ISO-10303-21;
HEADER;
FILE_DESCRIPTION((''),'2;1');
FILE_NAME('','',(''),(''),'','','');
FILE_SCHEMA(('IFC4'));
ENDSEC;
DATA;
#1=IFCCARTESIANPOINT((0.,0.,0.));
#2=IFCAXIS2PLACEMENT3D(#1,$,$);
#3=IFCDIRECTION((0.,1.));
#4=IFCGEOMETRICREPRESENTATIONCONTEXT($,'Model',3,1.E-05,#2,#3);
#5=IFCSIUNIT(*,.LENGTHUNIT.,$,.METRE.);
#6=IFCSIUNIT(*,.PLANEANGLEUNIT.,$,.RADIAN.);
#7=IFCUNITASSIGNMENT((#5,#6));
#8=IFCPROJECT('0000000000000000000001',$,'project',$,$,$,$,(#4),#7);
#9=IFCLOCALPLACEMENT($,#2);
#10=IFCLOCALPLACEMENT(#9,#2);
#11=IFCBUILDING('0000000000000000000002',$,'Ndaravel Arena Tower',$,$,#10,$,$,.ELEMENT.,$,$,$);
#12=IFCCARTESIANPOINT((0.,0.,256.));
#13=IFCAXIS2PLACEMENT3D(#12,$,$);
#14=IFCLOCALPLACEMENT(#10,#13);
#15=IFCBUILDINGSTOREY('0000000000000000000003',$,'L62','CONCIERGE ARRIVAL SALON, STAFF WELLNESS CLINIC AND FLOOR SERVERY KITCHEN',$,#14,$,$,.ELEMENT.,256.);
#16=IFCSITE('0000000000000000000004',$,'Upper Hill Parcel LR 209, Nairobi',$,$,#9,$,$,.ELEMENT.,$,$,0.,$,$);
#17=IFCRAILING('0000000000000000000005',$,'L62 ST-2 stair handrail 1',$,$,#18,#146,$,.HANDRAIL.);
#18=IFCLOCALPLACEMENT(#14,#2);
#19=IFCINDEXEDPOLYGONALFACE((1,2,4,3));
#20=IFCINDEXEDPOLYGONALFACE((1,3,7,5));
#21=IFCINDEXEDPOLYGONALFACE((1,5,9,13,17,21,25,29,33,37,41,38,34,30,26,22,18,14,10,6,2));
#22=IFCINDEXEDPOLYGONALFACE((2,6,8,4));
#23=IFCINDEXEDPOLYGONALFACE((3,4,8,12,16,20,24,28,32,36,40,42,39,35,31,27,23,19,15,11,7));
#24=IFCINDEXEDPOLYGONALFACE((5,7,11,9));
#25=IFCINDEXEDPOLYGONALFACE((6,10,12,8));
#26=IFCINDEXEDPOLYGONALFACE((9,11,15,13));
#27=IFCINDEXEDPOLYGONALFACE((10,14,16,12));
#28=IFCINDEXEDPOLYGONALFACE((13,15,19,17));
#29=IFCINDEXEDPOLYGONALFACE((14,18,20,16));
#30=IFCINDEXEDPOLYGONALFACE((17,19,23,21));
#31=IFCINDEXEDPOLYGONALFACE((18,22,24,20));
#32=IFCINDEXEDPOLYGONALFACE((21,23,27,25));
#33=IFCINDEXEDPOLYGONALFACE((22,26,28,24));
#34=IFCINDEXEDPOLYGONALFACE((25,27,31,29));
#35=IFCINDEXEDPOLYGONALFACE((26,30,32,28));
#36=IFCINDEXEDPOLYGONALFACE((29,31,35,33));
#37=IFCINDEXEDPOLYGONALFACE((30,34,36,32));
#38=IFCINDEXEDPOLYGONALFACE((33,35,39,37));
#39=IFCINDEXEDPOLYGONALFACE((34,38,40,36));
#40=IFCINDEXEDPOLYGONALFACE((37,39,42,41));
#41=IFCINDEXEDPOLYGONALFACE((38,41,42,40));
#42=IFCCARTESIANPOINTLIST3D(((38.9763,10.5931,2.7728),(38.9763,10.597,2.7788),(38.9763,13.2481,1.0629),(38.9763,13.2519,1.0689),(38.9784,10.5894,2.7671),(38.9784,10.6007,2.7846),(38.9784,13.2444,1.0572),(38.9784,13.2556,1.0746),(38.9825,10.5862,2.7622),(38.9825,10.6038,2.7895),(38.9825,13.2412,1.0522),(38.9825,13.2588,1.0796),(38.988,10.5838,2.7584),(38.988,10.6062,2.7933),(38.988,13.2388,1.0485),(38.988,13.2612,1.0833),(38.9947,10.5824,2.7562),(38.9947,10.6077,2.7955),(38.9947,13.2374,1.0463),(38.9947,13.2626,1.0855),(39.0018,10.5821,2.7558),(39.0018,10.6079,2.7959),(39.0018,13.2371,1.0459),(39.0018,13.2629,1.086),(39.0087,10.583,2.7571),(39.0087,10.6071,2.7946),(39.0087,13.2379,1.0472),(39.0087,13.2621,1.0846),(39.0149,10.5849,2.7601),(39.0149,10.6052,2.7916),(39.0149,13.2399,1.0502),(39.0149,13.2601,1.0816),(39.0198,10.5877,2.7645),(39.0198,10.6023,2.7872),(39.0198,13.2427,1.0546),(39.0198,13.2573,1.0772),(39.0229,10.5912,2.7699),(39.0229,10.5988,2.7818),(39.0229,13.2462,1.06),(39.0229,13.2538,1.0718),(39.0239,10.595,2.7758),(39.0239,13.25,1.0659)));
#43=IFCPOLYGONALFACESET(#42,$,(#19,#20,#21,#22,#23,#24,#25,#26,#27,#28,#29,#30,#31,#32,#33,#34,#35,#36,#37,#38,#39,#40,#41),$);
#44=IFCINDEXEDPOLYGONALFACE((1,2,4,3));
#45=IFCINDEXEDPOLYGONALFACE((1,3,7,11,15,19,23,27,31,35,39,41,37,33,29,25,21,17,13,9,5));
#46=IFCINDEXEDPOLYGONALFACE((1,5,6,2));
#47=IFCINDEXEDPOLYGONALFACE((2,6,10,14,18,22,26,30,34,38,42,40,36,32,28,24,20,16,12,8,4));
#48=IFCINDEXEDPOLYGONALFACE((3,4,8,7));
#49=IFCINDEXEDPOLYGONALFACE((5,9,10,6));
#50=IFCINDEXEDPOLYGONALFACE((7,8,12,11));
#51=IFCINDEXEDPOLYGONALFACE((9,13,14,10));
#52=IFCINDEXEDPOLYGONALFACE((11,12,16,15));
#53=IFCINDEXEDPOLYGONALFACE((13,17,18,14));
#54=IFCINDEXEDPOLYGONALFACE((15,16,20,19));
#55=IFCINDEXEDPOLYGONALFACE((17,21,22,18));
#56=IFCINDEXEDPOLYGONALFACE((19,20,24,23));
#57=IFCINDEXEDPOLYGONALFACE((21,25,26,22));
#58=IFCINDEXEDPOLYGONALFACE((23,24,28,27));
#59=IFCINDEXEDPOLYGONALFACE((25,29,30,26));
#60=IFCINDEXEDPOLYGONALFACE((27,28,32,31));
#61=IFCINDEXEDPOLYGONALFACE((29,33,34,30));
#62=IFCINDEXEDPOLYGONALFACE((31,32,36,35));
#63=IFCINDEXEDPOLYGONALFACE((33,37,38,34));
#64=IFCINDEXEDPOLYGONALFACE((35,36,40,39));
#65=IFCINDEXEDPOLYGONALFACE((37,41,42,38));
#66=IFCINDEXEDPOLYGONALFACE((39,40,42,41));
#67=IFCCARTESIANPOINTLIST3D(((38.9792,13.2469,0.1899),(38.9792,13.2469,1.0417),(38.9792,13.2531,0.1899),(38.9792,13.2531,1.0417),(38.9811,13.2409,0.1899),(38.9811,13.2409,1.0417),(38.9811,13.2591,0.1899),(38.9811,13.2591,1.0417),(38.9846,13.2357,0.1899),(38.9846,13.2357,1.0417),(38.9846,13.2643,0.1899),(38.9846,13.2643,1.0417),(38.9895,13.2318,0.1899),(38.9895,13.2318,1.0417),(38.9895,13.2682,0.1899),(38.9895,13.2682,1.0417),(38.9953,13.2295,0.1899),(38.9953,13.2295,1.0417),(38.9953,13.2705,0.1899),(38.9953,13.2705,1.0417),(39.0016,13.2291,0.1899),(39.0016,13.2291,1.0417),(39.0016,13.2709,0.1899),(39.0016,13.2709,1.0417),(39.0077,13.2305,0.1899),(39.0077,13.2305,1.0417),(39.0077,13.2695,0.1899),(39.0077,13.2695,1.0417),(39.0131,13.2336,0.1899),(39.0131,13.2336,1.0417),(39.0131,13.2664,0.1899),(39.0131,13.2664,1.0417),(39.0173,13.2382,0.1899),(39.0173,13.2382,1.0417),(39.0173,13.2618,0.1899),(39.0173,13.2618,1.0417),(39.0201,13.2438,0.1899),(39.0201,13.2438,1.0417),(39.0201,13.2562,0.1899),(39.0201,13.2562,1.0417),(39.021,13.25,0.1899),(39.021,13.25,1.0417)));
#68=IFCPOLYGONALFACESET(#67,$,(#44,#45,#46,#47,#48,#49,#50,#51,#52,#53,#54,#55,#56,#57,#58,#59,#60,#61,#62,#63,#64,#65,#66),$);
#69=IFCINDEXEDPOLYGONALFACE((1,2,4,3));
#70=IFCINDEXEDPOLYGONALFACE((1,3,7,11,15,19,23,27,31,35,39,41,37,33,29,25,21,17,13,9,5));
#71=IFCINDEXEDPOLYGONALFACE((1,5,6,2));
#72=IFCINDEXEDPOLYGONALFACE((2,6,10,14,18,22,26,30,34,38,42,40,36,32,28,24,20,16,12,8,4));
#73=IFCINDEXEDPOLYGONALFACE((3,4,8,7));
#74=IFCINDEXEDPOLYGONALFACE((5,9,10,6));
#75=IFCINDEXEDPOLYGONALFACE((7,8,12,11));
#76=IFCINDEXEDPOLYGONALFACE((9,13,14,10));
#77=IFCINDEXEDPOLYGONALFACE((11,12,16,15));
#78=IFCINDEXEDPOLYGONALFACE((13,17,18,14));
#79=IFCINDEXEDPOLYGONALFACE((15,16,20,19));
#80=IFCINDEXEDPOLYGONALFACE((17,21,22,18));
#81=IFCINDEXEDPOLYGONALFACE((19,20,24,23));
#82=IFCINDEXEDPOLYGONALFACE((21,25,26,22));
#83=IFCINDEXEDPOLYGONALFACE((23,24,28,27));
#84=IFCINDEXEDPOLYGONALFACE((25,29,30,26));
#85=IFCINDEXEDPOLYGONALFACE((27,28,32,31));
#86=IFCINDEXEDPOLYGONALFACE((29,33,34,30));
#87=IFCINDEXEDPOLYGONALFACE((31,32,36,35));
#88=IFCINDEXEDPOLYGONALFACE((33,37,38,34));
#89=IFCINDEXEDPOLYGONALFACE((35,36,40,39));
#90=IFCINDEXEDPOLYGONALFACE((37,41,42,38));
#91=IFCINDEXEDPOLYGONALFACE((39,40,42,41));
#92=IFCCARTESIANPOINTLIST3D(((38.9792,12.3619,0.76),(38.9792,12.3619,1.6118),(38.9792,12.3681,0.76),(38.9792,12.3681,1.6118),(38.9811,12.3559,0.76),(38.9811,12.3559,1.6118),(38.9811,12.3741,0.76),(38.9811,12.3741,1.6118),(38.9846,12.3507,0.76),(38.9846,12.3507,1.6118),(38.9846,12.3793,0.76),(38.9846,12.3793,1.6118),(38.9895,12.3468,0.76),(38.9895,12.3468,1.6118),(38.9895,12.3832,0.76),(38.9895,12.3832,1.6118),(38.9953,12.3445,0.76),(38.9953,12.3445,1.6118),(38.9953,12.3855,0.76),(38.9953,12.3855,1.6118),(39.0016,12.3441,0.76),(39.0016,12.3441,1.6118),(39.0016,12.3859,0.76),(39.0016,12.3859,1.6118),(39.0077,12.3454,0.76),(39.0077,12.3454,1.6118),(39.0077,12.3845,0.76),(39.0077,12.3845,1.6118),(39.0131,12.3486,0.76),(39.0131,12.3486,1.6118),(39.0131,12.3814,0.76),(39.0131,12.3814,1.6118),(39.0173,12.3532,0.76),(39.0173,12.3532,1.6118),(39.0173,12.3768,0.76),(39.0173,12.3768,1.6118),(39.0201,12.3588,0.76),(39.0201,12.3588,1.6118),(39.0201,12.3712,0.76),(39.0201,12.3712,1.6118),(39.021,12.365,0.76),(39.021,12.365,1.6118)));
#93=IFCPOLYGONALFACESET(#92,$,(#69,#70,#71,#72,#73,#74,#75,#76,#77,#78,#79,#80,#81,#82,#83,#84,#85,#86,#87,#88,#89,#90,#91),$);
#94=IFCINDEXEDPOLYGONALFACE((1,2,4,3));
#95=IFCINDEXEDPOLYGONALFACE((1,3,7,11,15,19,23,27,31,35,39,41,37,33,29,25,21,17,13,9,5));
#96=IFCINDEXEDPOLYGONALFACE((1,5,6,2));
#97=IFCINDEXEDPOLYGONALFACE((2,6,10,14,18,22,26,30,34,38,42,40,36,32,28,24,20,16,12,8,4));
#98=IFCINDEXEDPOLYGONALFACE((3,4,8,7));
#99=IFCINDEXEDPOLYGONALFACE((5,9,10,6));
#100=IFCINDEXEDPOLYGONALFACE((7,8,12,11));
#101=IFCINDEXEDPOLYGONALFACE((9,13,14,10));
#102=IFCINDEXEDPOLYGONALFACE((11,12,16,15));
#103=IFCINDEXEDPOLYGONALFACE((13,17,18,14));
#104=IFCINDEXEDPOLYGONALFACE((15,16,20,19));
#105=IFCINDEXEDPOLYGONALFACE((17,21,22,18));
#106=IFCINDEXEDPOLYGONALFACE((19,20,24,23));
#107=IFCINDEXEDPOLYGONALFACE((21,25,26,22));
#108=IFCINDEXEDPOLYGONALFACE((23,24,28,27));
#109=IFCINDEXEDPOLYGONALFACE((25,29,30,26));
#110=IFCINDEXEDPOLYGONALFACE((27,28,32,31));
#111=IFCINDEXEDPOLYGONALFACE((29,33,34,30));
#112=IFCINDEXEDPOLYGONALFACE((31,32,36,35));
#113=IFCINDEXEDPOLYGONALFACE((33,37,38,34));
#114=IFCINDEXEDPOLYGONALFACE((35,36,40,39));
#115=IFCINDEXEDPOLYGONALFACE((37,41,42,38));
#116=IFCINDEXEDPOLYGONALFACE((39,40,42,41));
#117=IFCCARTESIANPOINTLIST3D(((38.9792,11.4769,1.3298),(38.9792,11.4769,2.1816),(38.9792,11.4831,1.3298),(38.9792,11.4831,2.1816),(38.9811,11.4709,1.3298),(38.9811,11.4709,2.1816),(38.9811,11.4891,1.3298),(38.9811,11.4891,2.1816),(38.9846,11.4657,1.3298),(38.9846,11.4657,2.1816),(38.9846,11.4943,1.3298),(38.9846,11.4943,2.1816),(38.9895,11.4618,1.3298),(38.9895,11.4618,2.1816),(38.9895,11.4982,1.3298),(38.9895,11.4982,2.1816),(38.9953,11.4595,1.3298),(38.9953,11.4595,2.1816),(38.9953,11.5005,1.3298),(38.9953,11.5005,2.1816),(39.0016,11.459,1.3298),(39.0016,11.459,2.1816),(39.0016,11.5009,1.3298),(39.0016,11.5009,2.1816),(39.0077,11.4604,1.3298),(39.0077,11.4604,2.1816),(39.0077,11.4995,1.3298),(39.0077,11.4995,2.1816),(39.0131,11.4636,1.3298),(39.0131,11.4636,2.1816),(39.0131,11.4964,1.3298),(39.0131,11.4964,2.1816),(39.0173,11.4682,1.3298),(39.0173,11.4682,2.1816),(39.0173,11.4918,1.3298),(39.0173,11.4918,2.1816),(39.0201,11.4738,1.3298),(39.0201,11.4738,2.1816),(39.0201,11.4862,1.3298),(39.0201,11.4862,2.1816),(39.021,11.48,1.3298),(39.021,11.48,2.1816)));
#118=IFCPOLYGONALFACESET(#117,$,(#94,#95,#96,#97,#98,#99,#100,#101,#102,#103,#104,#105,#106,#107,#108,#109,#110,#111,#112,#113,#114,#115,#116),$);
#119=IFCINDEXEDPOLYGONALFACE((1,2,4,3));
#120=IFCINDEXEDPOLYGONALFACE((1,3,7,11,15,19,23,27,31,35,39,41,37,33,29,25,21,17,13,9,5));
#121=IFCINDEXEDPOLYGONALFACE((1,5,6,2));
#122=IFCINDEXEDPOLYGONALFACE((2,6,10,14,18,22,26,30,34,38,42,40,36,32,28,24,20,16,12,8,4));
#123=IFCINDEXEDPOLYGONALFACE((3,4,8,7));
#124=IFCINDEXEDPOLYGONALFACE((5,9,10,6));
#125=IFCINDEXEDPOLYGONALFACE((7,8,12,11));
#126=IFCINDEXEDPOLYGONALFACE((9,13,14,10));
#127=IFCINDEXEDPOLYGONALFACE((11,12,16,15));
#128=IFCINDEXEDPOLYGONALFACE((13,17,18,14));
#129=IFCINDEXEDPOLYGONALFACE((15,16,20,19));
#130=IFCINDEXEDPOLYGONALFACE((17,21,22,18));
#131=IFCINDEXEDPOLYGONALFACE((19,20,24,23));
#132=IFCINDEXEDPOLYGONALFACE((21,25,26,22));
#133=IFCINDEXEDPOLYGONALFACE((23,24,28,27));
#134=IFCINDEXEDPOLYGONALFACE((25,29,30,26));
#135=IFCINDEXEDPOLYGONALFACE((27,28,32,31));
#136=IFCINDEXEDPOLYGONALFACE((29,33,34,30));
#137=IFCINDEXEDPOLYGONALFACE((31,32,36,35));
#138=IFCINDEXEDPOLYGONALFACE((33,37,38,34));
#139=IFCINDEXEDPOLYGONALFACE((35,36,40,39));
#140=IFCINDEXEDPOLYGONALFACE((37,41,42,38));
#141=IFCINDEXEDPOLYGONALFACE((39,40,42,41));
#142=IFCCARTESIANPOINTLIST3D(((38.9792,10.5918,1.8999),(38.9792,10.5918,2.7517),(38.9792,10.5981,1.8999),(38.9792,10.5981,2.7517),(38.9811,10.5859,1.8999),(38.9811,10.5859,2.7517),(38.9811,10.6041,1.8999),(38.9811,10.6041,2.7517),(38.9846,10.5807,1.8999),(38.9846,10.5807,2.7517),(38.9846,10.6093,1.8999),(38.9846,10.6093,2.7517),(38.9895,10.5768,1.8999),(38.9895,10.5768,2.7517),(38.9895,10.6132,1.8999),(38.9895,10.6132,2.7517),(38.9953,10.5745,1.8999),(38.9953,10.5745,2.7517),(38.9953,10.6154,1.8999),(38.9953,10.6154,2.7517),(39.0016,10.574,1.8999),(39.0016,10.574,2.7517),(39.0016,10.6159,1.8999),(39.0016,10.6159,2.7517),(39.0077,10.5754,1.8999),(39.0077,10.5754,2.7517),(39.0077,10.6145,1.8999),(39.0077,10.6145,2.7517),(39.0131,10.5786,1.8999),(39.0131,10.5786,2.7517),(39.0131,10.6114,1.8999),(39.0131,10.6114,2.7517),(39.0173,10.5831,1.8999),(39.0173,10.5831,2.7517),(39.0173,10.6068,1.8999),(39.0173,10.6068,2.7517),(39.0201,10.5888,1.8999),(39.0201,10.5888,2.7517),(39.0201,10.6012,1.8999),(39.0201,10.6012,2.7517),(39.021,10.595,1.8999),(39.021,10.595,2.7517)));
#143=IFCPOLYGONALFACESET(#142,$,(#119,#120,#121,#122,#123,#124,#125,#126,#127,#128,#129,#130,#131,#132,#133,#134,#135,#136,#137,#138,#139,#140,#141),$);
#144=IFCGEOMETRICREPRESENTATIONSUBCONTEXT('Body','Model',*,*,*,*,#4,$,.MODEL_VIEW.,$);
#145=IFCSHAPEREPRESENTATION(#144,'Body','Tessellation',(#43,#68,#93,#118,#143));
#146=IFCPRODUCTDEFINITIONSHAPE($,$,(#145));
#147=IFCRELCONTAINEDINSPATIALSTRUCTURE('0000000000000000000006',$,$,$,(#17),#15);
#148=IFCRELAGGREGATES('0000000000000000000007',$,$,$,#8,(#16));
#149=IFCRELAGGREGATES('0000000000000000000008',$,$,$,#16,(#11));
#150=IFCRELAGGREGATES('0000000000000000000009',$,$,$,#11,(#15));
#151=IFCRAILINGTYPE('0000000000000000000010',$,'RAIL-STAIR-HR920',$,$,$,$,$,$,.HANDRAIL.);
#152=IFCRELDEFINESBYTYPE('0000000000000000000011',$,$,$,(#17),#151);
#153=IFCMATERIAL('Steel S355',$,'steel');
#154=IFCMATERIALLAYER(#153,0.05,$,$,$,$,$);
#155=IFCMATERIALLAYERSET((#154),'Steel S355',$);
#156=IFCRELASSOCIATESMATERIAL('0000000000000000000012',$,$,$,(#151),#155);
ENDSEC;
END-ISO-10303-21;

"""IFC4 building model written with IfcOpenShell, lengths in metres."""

from ifc_helpers import new_model, si_unit, direction, frame, origin, origin_2d, place, context, subcontext, project, spatial, circle, extrude, material, layer, layer_set, type_object, element, save


model = new_model("IFC4")

# Units and contexts
model_context = context("Model", 3, precision=1e-05, world=origin(), true_north=direction((0.0, 1.0)))
body_context = subcontext(model_context, "Body", "Model", "MODEL_VIEW")
ifc_project = project(units=[si_unit("LENGTHUNIT", "METRE"), si_unit("PLANEANGLEUNIT", "RADIAN")], contexts=[model_context])

# Site, building, storey
site_placement = place(None, origin())
site = spatial("IfcSite", under=ifc_project, at=site_placement, Name="Upper Hill Parcel LR 209, Nairobi", CompositionType="ELEMENT", RefElevation=0.0)
building_placement = place(site_placement, origin())
building = spatial("IfcBuilding", under=site, at=building_placement, Name="Ndaravel Arena Tower", CompositionType="ELEMENT")
storey_placement = place(building_placement, frame((0.0, 0.0, 256.0)))
storey = spatial("IfcBuildingStorey", under=building, at=storey_placement, Name="L62", Description="CONCIERGE ARRIVAL SALON, STAFF WELLNESS CLINIC AND FLOOR SERVERY KITCHEN", CompositionType="ELEMENT", Elevation=256.0)

# Railing
ifc_material_1 = material(Name="Steel S355", Category="steel")
ifc_layer_1 = layer(ifc_material_1, 0.05)
ifc_layer_set_1 = layer_set([ifc_layer_1], Name="Steel S355")
railing_type_1 = type_object("IfcRailingType", Name="RAIL-STAIR-HR920", PredefinedType="HANDRAIL", material=ifc_layer_set_1)
railing_1_placement = place(storey_placement, frame((39.0, 13.25, 0.1899)))
element("IfcRailing", 1, at=railing_1_placement, inside=storey, type_object=railing_type_1, Name="L62 ST-2 stair handrail 1", PredefinedType="HANDRAIL", context=body_context, shape_type="SweptSolid", body=[
    extrude(circle(Radius=0.0239, at=origin_2d()), frame((0.0, 0.0, 0.876), z_axis=(0.0, -0.840724, 0.541465), x_axis=(1.0, 0.0, 0.0)), (0.0, 0.0, 1.0), 3.158),
    extrude(circle(Radius=0.021, at=origin_2d()), origin(), (0.0, 0.0, 1.0), 0.8518),
    extrude(circle(Radius=0.021, at=origin_2d()), frame((0.0, -0.885, 0.5701)), (0.0, 0.0, 1.0), 0.8518),
    extrude(circle(Radius=0.021, at=origin_2d()), frame((0.0, -1.77, 1.1399)), (0.0, 0.0, 1.0), 0.8518),
    extrude(circle(Radius=0.021, at=origin_2d()), frame((0.0, -2.655, 1.71)), (0.0, 0.0, 1.0), 0.8518),
])

save(model, "model.ifc")
